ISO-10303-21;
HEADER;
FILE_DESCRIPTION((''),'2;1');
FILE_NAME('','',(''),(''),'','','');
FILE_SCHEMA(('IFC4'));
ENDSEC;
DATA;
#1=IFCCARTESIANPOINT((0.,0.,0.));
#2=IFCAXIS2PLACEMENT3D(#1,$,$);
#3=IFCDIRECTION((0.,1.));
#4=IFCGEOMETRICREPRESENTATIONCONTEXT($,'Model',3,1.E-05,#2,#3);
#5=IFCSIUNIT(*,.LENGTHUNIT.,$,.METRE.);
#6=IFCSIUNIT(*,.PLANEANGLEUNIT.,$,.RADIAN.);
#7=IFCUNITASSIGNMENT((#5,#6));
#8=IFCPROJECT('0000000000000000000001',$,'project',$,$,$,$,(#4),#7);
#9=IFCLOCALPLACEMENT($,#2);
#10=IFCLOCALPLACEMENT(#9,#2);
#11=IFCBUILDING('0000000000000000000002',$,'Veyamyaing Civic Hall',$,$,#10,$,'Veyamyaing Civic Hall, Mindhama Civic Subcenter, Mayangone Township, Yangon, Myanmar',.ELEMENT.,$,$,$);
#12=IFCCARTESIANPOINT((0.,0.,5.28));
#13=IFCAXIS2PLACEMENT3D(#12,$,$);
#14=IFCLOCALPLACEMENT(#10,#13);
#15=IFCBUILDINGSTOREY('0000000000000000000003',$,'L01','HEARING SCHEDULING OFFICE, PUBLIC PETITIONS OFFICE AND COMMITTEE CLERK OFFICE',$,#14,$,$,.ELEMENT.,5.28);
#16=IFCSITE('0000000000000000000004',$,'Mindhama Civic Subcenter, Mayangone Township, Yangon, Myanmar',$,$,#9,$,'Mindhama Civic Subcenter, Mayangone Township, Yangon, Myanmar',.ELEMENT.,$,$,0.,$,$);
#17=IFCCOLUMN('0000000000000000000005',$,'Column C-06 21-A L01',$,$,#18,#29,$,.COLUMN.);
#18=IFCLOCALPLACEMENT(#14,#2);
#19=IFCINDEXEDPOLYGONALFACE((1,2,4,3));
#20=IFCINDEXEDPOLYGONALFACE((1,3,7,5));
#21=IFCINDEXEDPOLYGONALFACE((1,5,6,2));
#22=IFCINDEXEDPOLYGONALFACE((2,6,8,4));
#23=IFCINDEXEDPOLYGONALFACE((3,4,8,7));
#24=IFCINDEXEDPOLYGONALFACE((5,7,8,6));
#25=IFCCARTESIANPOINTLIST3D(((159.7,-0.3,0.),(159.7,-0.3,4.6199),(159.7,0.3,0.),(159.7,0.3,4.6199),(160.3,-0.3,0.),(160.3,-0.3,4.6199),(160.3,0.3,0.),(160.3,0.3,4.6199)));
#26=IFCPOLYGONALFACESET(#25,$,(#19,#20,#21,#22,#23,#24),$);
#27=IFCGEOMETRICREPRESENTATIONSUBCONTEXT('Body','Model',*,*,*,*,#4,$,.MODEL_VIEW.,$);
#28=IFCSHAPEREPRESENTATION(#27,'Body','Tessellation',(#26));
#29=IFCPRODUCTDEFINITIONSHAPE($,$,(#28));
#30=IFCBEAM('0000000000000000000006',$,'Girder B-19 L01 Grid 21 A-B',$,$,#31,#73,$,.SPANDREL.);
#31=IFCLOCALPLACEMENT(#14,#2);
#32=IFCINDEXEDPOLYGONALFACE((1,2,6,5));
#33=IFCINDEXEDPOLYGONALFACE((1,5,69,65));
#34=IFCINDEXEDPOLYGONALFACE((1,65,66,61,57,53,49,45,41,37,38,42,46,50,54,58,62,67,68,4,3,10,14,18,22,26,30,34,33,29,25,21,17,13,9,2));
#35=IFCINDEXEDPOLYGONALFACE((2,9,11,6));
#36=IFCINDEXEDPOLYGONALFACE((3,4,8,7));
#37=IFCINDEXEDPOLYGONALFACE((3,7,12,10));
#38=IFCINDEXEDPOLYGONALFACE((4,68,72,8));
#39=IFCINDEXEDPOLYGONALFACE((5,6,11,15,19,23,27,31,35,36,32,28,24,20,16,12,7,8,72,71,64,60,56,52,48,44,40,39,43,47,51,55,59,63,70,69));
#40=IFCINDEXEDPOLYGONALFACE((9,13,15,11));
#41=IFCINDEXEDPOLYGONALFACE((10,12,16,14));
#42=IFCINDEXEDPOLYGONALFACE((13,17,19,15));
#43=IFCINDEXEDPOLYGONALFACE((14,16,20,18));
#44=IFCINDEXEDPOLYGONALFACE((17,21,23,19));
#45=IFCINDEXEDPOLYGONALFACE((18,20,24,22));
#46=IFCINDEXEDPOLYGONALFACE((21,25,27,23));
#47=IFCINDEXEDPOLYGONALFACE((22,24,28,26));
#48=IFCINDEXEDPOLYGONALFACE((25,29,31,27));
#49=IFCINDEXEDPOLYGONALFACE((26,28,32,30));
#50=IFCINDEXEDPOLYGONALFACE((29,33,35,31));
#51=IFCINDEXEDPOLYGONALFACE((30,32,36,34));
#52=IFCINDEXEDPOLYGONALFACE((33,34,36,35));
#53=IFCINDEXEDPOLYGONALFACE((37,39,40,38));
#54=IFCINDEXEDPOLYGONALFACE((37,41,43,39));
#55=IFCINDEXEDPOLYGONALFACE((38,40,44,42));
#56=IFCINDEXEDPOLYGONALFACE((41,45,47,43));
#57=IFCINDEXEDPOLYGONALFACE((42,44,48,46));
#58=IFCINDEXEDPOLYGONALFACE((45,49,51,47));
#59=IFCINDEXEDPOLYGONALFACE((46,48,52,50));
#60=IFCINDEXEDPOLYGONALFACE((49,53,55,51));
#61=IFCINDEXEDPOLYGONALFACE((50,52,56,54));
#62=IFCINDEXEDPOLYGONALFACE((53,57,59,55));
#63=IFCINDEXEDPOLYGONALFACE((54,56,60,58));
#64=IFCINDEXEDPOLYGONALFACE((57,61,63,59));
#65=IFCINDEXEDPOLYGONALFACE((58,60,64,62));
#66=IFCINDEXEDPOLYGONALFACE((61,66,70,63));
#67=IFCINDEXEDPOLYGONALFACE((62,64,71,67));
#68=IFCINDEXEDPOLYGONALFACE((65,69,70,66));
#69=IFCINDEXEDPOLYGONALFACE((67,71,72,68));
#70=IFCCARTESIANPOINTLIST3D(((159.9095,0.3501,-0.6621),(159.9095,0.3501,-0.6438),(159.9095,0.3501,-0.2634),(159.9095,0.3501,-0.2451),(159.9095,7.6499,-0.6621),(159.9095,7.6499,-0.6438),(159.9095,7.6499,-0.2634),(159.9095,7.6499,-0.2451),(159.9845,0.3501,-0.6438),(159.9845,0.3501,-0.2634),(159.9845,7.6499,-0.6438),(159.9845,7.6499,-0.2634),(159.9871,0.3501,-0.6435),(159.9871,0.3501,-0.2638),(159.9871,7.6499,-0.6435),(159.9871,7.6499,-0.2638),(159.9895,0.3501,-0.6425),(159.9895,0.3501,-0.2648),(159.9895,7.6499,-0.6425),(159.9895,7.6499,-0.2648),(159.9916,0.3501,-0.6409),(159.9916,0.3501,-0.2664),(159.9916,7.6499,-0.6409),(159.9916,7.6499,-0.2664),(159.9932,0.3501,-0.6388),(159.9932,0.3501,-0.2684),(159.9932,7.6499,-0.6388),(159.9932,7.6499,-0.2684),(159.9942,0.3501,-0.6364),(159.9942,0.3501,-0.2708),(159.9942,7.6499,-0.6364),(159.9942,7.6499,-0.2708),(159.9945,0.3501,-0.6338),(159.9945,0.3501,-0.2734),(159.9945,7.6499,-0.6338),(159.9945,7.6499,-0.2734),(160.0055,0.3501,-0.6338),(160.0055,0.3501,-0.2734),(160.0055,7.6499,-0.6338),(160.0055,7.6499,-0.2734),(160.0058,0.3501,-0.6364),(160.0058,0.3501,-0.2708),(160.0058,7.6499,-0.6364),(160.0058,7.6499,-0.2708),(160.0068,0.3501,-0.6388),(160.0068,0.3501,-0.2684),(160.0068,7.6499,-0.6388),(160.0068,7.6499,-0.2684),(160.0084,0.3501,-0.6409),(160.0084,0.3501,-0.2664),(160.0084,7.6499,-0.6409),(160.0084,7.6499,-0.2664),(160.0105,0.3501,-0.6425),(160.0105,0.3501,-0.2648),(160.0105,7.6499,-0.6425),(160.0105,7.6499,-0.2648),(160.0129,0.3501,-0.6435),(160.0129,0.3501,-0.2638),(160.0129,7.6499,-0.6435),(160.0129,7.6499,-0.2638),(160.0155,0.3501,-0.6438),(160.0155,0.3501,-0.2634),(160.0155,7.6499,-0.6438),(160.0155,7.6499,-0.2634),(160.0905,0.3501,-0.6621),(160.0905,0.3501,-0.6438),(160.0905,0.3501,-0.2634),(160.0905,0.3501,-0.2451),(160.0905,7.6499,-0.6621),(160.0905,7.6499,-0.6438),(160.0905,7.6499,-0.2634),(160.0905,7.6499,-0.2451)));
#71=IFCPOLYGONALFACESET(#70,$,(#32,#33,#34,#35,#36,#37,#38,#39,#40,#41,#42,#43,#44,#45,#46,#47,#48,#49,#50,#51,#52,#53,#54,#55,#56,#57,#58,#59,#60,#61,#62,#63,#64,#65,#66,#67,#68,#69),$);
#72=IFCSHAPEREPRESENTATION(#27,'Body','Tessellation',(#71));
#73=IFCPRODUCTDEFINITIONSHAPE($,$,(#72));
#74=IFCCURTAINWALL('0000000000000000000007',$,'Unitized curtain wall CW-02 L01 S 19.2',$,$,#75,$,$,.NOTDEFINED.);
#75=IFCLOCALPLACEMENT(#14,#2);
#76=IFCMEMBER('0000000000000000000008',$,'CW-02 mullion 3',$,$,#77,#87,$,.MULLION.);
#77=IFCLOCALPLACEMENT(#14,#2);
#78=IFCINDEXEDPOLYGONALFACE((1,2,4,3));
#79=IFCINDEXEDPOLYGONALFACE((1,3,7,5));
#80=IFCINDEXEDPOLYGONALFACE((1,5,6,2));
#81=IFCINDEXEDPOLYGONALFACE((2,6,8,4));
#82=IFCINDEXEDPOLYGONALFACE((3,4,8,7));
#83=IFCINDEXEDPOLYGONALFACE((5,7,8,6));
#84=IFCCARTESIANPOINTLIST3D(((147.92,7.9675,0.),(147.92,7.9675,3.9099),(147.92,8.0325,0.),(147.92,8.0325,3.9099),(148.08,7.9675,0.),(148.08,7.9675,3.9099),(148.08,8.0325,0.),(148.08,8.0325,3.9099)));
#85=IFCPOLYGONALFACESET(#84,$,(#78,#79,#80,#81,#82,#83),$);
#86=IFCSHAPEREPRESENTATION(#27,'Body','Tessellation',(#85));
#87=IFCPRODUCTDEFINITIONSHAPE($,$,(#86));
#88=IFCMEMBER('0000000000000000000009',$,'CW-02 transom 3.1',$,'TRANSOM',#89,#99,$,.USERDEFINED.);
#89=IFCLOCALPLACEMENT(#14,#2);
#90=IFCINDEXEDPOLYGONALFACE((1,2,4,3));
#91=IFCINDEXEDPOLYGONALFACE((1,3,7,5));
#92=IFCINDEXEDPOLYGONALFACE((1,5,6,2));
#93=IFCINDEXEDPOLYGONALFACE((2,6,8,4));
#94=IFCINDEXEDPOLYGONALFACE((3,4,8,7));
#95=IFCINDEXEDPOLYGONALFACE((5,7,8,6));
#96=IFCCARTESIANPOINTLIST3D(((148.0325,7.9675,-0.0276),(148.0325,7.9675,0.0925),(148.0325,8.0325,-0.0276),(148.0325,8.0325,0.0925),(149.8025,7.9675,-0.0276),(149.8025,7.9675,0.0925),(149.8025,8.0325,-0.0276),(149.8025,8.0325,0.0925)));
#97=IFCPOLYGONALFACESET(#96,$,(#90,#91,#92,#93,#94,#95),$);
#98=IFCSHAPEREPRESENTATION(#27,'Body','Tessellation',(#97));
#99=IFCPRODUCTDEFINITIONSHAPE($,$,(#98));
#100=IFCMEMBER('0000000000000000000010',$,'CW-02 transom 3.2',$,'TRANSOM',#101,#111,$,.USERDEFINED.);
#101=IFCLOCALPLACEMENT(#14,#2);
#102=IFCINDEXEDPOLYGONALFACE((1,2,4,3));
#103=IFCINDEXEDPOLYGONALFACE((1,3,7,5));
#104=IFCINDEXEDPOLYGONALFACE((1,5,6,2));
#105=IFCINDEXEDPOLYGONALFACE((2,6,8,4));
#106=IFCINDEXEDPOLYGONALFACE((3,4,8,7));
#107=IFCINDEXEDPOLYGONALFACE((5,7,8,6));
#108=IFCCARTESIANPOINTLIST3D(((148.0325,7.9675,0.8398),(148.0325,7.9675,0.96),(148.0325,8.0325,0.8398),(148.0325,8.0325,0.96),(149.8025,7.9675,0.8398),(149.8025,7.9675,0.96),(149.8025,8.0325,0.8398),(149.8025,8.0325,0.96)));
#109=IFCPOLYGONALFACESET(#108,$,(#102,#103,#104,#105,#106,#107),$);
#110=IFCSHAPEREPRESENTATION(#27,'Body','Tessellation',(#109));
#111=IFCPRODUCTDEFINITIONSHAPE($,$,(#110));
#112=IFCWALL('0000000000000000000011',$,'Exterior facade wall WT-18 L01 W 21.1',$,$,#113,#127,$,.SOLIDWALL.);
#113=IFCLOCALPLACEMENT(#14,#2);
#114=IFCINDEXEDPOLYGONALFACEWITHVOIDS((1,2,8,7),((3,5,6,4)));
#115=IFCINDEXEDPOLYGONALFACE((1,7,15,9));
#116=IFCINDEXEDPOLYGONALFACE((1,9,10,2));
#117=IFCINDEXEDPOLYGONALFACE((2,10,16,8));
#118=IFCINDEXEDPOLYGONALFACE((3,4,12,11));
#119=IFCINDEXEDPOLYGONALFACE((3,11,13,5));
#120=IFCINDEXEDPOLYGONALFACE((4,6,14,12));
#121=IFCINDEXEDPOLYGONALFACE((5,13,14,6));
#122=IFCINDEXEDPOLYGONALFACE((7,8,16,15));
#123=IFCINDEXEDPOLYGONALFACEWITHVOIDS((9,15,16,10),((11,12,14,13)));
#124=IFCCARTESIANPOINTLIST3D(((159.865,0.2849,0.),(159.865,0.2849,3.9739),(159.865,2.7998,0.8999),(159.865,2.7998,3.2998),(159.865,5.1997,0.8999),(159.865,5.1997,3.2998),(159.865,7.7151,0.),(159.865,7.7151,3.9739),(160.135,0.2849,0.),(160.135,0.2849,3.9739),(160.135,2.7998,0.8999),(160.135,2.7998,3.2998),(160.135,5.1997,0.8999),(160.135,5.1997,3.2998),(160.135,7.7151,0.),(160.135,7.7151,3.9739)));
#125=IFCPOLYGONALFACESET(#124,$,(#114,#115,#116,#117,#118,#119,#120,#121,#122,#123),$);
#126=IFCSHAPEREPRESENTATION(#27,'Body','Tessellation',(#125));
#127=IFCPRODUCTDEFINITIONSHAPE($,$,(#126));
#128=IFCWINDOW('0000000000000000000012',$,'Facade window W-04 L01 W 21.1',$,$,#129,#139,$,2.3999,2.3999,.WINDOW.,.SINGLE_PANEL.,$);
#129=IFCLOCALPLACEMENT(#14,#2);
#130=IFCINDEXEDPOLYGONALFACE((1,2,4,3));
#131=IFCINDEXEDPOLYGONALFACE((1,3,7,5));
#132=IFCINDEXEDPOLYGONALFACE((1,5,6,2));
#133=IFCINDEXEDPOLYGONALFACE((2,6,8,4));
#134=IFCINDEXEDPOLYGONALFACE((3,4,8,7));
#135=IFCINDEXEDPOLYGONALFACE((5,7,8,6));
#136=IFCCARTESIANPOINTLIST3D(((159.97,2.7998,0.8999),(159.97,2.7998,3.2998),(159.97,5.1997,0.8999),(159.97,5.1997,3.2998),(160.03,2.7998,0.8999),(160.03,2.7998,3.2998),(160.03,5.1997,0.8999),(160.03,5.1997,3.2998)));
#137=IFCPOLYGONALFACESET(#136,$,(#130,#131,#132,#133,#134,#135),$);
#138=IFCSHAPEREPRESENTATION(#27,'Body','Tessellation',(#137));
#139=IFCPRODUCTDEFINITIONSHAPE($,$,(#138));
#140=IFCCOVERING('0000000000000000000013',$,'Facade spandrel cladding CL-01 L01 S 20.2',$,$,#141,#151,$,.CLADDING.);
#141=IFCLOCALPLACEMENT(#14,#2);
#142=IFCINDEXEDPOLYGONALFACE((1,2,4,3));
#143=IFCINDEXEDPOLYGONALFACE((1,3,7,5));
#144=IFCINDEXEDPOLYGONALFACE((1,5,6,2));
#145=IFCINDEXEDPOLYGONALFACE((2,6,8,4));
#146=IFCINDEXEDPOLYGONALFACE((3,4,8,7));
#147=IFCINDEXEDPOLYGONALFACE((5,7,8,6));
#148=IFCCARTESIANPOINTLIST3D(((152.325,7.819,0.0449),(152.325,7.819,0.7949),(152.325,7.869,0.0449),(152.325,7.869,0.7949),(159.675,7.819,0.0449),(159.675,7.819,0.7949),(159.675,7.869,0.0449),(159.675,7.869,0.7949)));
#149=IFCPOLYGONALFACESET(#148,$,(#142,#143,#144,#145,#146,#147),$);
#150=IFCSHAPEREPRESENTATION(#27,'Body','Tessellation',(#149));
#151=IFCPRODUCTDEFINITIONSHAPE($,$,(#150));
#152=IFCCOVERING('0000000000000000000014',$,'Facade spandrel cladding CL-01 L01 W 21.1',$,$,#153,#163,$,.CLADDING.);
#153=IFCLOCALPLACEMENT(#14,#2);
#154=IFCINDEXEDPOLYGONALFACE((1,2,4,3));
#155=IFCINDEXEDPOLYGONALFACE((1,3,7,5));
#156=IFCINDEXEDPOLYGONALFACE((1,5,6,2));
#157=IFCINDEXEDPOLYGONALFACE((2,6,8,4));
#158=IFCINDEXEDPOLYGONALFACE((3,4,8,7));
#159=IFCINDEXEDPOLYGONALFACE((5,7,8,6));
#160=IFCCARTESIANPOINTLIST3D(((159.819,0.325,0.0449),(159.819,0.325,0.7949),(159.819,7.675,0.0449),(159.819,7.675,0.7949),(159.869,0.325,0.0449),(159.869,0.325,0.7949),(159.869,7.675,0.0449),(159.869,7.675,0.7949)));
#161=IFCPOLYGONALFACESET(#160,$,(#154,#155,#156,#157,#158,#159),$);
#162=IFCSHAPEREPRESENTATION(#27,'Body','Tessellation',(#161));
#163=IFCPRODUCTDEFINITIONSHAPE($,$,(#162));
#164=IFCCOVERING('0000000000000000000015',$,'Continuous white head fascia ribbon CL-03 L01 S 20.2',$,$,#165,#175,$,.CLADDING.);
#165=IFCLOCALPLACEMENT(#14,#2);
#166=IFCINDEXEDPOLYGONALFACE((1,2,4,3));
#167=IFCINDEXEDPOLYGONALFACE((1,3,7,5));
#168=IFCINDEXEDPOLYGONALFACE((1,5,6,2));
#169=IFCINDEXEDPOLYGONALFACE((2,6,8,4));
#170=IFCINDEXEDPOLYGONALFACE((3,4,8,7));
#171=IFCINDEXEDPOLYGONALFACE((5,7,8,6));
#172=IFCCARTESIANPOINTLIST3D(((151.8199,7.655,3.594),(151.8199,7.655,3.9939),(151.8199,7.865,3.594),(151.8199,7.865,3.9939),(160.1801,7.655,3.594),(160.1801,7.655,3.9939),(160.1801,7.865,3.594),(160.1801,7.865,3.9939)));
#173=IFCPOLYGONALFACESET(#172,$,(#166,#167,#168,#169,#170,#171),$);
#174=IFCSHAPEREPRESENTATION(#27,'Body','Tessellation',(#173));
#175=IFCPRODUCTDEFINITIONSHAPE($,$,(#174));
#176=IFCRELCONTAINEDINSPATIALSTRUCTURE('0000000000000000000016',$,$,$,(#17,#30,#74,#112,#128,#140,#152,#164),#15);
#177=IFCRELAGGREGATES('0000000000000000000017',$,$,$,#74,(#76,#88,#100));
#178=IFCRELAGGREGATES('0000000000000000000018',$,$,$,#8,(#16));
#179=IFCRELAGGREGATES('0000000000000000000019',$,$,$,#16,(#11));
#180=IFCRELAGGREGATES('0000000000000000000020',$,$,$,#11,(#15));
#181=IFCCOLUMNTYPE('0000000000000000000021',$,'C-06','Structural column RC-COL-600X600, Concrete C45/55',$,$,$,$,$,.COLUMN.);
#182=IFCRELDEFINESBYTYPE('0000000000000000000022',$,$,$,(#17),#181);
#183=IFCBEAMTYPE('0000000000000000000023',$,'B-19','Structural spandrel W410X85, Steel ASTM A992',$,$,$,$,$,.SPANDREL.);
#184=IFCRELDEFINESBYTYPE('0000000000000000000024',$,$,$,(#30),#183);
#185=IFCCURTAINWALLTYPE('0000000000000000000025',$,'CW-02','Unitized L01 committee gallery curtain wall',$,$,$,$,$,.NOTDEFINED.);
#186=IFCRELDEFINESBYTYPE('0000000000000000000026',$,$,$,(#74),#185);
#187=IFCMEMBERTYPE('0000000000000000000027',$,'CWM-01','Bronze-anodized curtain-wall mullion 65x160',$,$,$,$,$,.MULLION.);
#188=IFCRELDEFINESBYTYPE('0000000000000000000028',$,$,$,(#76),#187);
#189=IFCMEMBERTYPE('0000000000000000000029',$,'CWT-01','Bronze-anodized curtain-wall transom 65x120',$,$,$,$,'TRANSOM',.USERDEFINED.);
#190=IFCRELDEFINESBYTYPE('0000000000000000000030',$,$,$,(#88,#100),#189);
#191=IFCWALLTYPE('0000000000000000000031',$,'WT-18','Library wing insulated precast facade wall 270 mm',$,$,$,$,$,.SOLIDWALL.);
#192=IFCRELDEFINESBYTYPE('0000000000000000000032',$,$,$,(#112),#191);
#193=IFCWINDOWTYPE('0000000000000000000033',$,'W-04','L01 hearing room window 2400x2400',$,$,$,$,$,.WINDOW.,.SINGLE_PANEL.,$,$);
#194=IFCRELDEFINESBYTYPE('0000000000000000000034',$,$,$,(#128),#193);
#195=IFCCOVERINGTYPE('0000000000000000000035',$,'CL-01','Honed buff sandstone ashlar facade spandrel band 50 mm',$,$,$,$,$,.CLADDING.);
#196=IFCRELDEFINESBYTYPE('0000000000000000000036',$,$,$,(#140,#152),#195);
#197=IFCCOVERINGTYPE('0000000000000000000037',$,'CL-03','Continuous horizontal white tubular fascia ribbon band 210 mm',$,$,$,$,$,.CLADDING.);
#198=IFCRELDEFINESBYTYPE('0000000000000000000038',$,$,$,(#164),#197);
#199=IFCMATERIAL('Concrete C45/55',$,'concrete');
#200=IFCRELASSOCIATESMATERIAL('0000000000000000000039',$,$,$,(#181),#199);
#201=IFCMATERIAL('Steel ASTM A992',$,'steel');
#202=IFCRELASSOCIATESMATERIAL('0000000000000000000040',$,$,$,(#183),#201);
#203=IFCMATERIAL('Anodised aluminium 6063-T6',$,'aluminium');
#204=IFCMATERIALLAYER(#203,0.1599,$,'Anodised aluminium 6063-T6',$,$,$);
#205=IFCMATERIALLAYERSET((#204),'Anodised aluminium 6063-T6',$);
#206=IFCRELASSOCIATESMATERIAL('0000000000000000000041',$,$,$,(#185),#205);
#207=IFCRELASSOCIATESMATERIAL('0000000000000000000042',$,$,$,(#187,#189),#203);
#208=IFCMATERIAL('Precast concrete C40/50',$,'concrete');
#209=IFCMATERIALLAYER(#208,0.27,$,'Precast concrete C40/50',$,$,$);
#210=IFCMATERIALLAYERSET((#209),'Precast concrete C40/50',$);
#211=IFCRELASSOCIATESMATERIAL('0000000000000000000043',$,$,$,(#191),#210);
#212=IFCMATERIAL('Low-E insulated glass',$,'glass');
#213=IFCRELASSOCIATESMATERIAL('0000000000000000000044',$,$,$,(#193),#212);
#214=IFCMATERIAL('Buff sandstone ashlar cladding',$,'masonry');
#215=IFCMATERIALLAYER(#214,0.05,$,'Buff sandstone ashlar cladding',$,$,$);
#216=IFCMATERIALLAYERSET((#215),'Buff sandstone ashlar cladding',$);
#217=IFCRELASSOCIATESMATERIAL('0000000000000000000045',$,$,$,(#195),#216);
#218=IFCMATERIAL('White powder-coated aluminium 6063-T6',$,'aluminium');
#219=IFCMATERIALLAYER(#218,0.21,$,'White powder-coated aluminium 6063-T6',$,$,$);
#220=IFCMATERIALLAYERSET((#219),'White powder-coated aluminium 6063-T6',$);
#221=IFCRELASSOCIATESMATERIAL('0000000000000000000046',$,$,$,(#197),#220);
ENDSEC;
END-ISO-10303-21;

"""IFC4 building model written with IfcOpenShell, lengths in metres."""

from ifc_helpers import new_model, si_unit, direction, frame, frame_2d, origin, origin_2d, place, context, subcontext, project, spatial, rectangle, i_section, extrude, material, layer, layer_set, material_profile, profile_set, type_object, element, fill, aggregate, save


model = new_model("IFC4")

# Units and contexts
model_context = context("Model", 3, precision=1e-05, world=origin(), true_north=direction((0.0, 1.0)))
body_context = subcontext(model_context, "Body", "Model", "MODEL_VIEW")
ifc_project = project(units=[si_unit("LENGTHUNIT", "METRE"), si_unit("PLANEANGLEUNIT", "RADIAN")], contexts=[model_context])

# Site, building, storey
site_placement = place(None, origin())
site = spatial("IfcSite", under=ifc_project, at=site_placement, Name="Mindhama Civic Subcenter, Mayangone Township, Yangon, Myanmar", LongName="Mindhama Civic Subcenter, Mayangone Township, Yangon, Myanmar", CompositionType="ELEMENT", RefElevation=0.0)
building_placement = place(site_placement, origin())
building = spatial("IfcBuilding", under=site, at=building_placement, Name="Veyamyaing Civic Hall", LongName="Veyamyaing Civic Hall, Mindhama Civic Subcenter, Mayangone Township, Yangon, Myanmar", CompositionType="ELEMENT")
storey_placement = place(building_placement, frame((0.0, 0.0, 5.28)))
storey = spatial("IfcBuildingStorey", under=building, at=storey_placement, Name="L01", Description="HEARING SCHEDULING OFFICE, PUBLIC PETITIONS OFFICE AND COMMITTEE CLERK OFFICE", CompositionType="ELEMENT", Elevation=5.28)

# Column
ifc_material_1 = material(Name="Concrete C45/55", Category="concrete")
ifc_material_profile_1 = material_profile(ifc_material_1, rectangle(XDim=0.6001, YDim=0.6001, at=origin_2d()), Name="RC-COL-600X600")
ifc_profile_set_1 = profile_set([ifc_material_profile_1], Name="Concrete C45/55")
column_type = type_object("IfcColumnType", Name="C-06", Description="Structural column RC-COL-600X600, Concrete C45/55", PredefinedType="COLUMN", material=ifc_profile_set_1)
column_placement = place(storey_placement, frame((160.0, 0.0, 0.0), z_axis=(0.0, 0.0, 1.0), x_axis=(1.0, 0.0, 0.0)))
element("IfcColumn", 1, at=column_placement, inside=storey, type_object=column_type, Name="Column C-06 21-A L01", PredefinedType="COLUMN", context=body_context, shape_type="SweptSolid", body=[
    extrude(rectangle(XDim=0.6001, YDim=0.6001, at=origin_2d()), origin(), (0.0, 0.0, 1.0), 4.6199),
])

# Beam
ifc_material_2 = material(Name="Steel ASTM A992", Category="steel")
ifc_material_profile_2 = material_profile(ifc_material_2, i_section(OverallWidth=0.1809, OverallDepth=0.417, WebThickness=0.011, FlangeThickness=0.0183, FilletRadius=0.01, at=origin_2d()), Name="W410X85")
ifc_profile_set_2 = profile_set([ifc_material_profile_2], Name="Steel ASTM A992")
beam_type = type_object("IfcBeamType", Name="B-19", Description="Structural spandrel W410X85, Steel ASTM A992", PredefinedType="SPANDREL", material=ifc_profile_set_2)
beam_placement = place(storey_placement, frame((160.0, 0.3501, -0.4536), z_axis=(0.0, 1.0, 0.0), x_axis=(-1.0, 0.0, 0.0)))
element("IfcBeam", 2, at=beam_placement, inside=storey, type_object=beam_type, Name="Girder B-19 L01 Grid 21 A-B", PredefinedType="SPANDREL", context=body_context, shape_type="SweptSolid", body=[
    extrude(i_section(OverallWidth=0.1809, OverallDepth=0.417, WebThickness=0.011, FlangeThickness=0.0183, FilletRadius=0.01, at=origin_2d()), origin(), (0.0, 0.0, 1.0), 7.2998),
])

# Curtain wall, members
ifc_material_3 = material(Name="Anodised aluminium 6063-T6", Category="aluminium")
ifc_layer_1 = layer(ifc_material_3, 0.1599, Name="Anodised aluminium 6063-T6")
ifc_layer_set_1 = layer_set([ifc_layer_1], Name="Anodised aluminium 6063-T6")
curtain_wall_type = type_object("IfcCurtainWallType", Name="CW-02", Description="Unitized L01 committee gallery curtain wall", PredefinedType="NOTDEFINED", material=ifc_layer_set_1)
curtain_wall_placement = place(storey_placement, origin())
curtain_wall = element("IfcCurtainWall", 3, at=curtain_wall_placement, inside=storey, type_object=curtain_wall_type, Name="Unitized curtain wall CW-02 L01 S 19.2", PredefinedType="NOTDEFINED")
ifc_material_profile_3 = material_profile(ifc_material_3, rectangle(XDim=0.0649, YDim=0.1599, at=origin_2d()), Name="ALU-MUL-65X160")
ifc_profile_set_3 = profile_set([ifc_material_profile_3], Name="Anodised aluminium 6063-T6")
member_type_1 = type_object("IfcMemberType", Name="CWM-01", Description="Bronze-anodized curtain-wall mullion 65x160", PredefinedType="MULLION", material=ifc_profile_set_3)
member_1_placement = place(storey_placement, frame((148.0, 8.0, 0.0), z_axis=(0.0, 0.0, 1.0), x_axis=(0.0, 1.0, 0.0)))
member_1 = element("IfcMember", 4, at=member_1_placement, type_object=member_type_1, Name="CW-02 mullion 3", PredefinedType="MULLION", context=body_context, shape_type="SweptSolid", body=[
    extrude(rectangle(XDim=0.0649, YDim=0.1599, at=origin_2d()), origin(), (0.0, 0.0, 1.0), 3.9099),
])
ifc_material_profile_4 = material_profile(ifc_material_3, rectangle(XDim=0.0649, YDim=0.1201, at=origin_2d()), Name="ALU-TRN-65X120")
ifc_profile_set_4 = profile_set([ifc_material_profile_4], Name="Anodised aluminium 6063-T6")
member_type_2 = type_object("IfcMemberType", Name="CWT-01", Description="Bronze-anodized curtain-wall transom 65x120", ElementType="TRANSOM", PredefinedType="USERDEFINED", material=ifc_profile_set_4)
member_2_placement = place(storey_placement, frame((148.0325, 8.0, 0.0325), z_axis=(1.0, 0.0, 0.0), x_axis=(0.0, 1.0, 0.0)))
member_2 = element("IfcMember", 5, at=member_2_placement, type_object=member_type_2, Name="CW-02 transom 3.1", ObjectType="TRANSOM", PredefinedType="USERDEFINED", context=body_context, shape_type="SweptSolid", body=[
    extrude(rectangle(XDim=0.0649, YDim=0.1201, at=origin_2d()), origin(), (0.0, 0.0, 1.0), 1.77),
])
member_3_placement = place(storey_placement, frame((148.0325, 8.0, 0.8999), z_axis=(1.0, 0.0, 0.0), x_axis=(0.0, 1.0, 0.0)))
member_3 = element("IfcMember", 6, at=member_3_placement, type_object=member_type_2, Name="CW-02 transom 3.2", ObjectType="TRANSOM", PredefinedType="USERDEFINED", context=body_context, shape_type="SweptSolid", body=[
    extrude(rectangle(XDim=0.0649, YDim=0.1201, at=origin_2d()), origin(), (0.0, 0.0, 1.0), 1.77),
])
aggregate(curtain_wall, [member_1, member_2, member_3])

# Wall, opening, window
ifc_material_4 = material(Name="Precast concrete C40/50", Category="concrete")
ifc_layer_2 = layer(ifc_material_4, 0.27, Name="Precast concrete C40/50")
ifc_layer_set_2 = layer_set([ifc_layer_2], Name="Precast concrete C40/50")
wall_type = type_object("IfcWallType", Name="WT-18", Description="Library wing insulated precast facade wall 270 mm", PredefinedType="SOLIDWALL", material=ifc_layer_set_2)
wall_placement = place(storey_placement, frame((160.0, 0.2849, 0.0), z_axis=(0.0, 0.0, 1.0), x_axis=(0.0, 1.0, 0.0)))
wall = element("IfcWall", 7, at=wall_placement, inside=storey, type_object=wall_type, Name="Exterior facade wall WT-18 L01 W 21.1", PredefinedType="SOLIDWALL", context=body_context, shape_type="SweptSolid", body=[
    extrude(rectangle(XDim=7.4302, YDim=0.27, at=frame_2d((3.7151, 0.0))), origin(), (0.0, 0.0, 1.0), 3.9739),
])
opening_placement = place(wall_placement, frame((2.5149, 0.0, 0.8999)))
opening = element("IfcOpeningElement", 8, at=opening_placement, cuts=wall, PredefinedType="OPENING", context=body_context, shape_type="SweptSolid", body=[
    extrude(rectangle(XDim=2.3999, YDim=2.3999, at=frame_2d((1.2, 1.2))), frame((0.0, 0.145, 0.0), z_axis=(0.0, -1.0, 0.0), x_axis=(1.0, 0.0, 0.0)), (0.0, 0.0, 1.0), 0.29),
])
ifc_material_5 = material(Name="Low-E insulated glass", Category="glass")
window_type = type_object("IfcWindowType", Name="W-04", Description="L01 hearing room window 2400x2400", PartitioningType="SINGLE_PANEL", PredefinedType="WINDOW", material=ifc_material_5)
window_placement = place(opening_placement, origin())
window = element("IfcWindow", 9, at=window_placement, inside=storey, type_object=window_type, Name="Facade window W-04 L01 W 21.1", OverallHeight=2.3999, OverallWidth=2.3999, PartitioningType="SINGLE_PANEL", PredefinedType="WINDOW", context=body_context, shape_type="SweptSolid", body=[
    extrude(rectangle(XDim=2.3999, YDim=2.3999, at=frame_2d((1.2, 1.2))), frame((0.0, 0.03, 0.0), z_axis=(0.0, -1.0, 0.0), x_axis=(1.0, 0.0, 0.0)), (0.0, 0.0, 1.0), 0.0601),
])
fill(opening, window)

# Coverings
ifc_material_6 = material(Name="Buff sandstone ashlar cladding", Category="masonry")
ifc_layer_3 = layer(ifc_material_6, 0.05, Name="Buff sandstone ashlar cladding")
ifc_layer_set_3 = layer_set([ifc_layer_3], Name="Buff sandstone ashlar cladding")
covering_type_1 = type_object("IfcCoveringType", Name="CL-01", Description="Honed buff sandstone ashlar facade spandrel band 50 mm", PredefinedType="CLADDING", material=ifc_layer_set_3)
for number, where, z_axis, x_axis, name in (
    (10, (156.0, 7.844, 0.0449), (0.0, 0.0, 1.0), (1.0, 0.0, 0.0), "Facade spandrel cladding CL-01 L01 S 20.2"),
    (11, (159.844, 4.0, 0.0449), (0.0, 0.0, 1.0), (0.0, 1.0, 0.0), "Facade spandrel cladding CL-01 L01 W 21.1"),
):
    element("IfcCovering", number, at=place(storey_placement, frame(where, z_axis=z_axis, x_axis=x_axis)), inside=storey, type_object=covering_type_1, Name=name, PredefinedType="CLADDING", context=body_context, shape_type="SweptSolid", body=[
        extrude(rectangle(XDim=7.3501, YDim=0.05, at=origin_2d()), origin(), (0.0, 0.0, 1.0), 0.75),
    ])
ifc_material_7 = material(Name="White powder-coated aluminium 6063-T6", Category="aluminium")
ifc_layer_4 = layer(ifc_material_7, 0.21, Name="White powder-coated aluminium 6063-T6")
ifc_layer_set_4 = layer_set([ifc_layer_4], Name="White powder-coated aluminium 6063-T6")
covering_type_2 = type_object("IfcCoveringType", Name="CL-03", Description="Continuous horizontal white tubular fascia ribbon band 210 mm", PredefinedType="CLADDING", material=ifc_layer_set_4)
for number, where, z_axis, x_axis, name in (
    (12, (156.0, 7.76, 3.594), (0.0, 0.0, 1.0), (1.0, 0.0, 0.0), "Continuous white head fascia ribbon CL-03 L01 S 20.2"),
):
    element("IfcCovering", number, at=place(storey_placement, frame(where, z_axis=z_axis, x_axis=x_axis)), inside=storey, type_object=covering_type_2, Name=name, PredefinedType="CLADDING", context=body_context, shape_type="SweptSolid", body=[
        extrude(rectangle(XDim=8.3601, YDim=0.21, at=origin_2d()), origin(), (0.0, 0.0, 1.0), 0.3999),
    ])

save(model, "model.ifc")
